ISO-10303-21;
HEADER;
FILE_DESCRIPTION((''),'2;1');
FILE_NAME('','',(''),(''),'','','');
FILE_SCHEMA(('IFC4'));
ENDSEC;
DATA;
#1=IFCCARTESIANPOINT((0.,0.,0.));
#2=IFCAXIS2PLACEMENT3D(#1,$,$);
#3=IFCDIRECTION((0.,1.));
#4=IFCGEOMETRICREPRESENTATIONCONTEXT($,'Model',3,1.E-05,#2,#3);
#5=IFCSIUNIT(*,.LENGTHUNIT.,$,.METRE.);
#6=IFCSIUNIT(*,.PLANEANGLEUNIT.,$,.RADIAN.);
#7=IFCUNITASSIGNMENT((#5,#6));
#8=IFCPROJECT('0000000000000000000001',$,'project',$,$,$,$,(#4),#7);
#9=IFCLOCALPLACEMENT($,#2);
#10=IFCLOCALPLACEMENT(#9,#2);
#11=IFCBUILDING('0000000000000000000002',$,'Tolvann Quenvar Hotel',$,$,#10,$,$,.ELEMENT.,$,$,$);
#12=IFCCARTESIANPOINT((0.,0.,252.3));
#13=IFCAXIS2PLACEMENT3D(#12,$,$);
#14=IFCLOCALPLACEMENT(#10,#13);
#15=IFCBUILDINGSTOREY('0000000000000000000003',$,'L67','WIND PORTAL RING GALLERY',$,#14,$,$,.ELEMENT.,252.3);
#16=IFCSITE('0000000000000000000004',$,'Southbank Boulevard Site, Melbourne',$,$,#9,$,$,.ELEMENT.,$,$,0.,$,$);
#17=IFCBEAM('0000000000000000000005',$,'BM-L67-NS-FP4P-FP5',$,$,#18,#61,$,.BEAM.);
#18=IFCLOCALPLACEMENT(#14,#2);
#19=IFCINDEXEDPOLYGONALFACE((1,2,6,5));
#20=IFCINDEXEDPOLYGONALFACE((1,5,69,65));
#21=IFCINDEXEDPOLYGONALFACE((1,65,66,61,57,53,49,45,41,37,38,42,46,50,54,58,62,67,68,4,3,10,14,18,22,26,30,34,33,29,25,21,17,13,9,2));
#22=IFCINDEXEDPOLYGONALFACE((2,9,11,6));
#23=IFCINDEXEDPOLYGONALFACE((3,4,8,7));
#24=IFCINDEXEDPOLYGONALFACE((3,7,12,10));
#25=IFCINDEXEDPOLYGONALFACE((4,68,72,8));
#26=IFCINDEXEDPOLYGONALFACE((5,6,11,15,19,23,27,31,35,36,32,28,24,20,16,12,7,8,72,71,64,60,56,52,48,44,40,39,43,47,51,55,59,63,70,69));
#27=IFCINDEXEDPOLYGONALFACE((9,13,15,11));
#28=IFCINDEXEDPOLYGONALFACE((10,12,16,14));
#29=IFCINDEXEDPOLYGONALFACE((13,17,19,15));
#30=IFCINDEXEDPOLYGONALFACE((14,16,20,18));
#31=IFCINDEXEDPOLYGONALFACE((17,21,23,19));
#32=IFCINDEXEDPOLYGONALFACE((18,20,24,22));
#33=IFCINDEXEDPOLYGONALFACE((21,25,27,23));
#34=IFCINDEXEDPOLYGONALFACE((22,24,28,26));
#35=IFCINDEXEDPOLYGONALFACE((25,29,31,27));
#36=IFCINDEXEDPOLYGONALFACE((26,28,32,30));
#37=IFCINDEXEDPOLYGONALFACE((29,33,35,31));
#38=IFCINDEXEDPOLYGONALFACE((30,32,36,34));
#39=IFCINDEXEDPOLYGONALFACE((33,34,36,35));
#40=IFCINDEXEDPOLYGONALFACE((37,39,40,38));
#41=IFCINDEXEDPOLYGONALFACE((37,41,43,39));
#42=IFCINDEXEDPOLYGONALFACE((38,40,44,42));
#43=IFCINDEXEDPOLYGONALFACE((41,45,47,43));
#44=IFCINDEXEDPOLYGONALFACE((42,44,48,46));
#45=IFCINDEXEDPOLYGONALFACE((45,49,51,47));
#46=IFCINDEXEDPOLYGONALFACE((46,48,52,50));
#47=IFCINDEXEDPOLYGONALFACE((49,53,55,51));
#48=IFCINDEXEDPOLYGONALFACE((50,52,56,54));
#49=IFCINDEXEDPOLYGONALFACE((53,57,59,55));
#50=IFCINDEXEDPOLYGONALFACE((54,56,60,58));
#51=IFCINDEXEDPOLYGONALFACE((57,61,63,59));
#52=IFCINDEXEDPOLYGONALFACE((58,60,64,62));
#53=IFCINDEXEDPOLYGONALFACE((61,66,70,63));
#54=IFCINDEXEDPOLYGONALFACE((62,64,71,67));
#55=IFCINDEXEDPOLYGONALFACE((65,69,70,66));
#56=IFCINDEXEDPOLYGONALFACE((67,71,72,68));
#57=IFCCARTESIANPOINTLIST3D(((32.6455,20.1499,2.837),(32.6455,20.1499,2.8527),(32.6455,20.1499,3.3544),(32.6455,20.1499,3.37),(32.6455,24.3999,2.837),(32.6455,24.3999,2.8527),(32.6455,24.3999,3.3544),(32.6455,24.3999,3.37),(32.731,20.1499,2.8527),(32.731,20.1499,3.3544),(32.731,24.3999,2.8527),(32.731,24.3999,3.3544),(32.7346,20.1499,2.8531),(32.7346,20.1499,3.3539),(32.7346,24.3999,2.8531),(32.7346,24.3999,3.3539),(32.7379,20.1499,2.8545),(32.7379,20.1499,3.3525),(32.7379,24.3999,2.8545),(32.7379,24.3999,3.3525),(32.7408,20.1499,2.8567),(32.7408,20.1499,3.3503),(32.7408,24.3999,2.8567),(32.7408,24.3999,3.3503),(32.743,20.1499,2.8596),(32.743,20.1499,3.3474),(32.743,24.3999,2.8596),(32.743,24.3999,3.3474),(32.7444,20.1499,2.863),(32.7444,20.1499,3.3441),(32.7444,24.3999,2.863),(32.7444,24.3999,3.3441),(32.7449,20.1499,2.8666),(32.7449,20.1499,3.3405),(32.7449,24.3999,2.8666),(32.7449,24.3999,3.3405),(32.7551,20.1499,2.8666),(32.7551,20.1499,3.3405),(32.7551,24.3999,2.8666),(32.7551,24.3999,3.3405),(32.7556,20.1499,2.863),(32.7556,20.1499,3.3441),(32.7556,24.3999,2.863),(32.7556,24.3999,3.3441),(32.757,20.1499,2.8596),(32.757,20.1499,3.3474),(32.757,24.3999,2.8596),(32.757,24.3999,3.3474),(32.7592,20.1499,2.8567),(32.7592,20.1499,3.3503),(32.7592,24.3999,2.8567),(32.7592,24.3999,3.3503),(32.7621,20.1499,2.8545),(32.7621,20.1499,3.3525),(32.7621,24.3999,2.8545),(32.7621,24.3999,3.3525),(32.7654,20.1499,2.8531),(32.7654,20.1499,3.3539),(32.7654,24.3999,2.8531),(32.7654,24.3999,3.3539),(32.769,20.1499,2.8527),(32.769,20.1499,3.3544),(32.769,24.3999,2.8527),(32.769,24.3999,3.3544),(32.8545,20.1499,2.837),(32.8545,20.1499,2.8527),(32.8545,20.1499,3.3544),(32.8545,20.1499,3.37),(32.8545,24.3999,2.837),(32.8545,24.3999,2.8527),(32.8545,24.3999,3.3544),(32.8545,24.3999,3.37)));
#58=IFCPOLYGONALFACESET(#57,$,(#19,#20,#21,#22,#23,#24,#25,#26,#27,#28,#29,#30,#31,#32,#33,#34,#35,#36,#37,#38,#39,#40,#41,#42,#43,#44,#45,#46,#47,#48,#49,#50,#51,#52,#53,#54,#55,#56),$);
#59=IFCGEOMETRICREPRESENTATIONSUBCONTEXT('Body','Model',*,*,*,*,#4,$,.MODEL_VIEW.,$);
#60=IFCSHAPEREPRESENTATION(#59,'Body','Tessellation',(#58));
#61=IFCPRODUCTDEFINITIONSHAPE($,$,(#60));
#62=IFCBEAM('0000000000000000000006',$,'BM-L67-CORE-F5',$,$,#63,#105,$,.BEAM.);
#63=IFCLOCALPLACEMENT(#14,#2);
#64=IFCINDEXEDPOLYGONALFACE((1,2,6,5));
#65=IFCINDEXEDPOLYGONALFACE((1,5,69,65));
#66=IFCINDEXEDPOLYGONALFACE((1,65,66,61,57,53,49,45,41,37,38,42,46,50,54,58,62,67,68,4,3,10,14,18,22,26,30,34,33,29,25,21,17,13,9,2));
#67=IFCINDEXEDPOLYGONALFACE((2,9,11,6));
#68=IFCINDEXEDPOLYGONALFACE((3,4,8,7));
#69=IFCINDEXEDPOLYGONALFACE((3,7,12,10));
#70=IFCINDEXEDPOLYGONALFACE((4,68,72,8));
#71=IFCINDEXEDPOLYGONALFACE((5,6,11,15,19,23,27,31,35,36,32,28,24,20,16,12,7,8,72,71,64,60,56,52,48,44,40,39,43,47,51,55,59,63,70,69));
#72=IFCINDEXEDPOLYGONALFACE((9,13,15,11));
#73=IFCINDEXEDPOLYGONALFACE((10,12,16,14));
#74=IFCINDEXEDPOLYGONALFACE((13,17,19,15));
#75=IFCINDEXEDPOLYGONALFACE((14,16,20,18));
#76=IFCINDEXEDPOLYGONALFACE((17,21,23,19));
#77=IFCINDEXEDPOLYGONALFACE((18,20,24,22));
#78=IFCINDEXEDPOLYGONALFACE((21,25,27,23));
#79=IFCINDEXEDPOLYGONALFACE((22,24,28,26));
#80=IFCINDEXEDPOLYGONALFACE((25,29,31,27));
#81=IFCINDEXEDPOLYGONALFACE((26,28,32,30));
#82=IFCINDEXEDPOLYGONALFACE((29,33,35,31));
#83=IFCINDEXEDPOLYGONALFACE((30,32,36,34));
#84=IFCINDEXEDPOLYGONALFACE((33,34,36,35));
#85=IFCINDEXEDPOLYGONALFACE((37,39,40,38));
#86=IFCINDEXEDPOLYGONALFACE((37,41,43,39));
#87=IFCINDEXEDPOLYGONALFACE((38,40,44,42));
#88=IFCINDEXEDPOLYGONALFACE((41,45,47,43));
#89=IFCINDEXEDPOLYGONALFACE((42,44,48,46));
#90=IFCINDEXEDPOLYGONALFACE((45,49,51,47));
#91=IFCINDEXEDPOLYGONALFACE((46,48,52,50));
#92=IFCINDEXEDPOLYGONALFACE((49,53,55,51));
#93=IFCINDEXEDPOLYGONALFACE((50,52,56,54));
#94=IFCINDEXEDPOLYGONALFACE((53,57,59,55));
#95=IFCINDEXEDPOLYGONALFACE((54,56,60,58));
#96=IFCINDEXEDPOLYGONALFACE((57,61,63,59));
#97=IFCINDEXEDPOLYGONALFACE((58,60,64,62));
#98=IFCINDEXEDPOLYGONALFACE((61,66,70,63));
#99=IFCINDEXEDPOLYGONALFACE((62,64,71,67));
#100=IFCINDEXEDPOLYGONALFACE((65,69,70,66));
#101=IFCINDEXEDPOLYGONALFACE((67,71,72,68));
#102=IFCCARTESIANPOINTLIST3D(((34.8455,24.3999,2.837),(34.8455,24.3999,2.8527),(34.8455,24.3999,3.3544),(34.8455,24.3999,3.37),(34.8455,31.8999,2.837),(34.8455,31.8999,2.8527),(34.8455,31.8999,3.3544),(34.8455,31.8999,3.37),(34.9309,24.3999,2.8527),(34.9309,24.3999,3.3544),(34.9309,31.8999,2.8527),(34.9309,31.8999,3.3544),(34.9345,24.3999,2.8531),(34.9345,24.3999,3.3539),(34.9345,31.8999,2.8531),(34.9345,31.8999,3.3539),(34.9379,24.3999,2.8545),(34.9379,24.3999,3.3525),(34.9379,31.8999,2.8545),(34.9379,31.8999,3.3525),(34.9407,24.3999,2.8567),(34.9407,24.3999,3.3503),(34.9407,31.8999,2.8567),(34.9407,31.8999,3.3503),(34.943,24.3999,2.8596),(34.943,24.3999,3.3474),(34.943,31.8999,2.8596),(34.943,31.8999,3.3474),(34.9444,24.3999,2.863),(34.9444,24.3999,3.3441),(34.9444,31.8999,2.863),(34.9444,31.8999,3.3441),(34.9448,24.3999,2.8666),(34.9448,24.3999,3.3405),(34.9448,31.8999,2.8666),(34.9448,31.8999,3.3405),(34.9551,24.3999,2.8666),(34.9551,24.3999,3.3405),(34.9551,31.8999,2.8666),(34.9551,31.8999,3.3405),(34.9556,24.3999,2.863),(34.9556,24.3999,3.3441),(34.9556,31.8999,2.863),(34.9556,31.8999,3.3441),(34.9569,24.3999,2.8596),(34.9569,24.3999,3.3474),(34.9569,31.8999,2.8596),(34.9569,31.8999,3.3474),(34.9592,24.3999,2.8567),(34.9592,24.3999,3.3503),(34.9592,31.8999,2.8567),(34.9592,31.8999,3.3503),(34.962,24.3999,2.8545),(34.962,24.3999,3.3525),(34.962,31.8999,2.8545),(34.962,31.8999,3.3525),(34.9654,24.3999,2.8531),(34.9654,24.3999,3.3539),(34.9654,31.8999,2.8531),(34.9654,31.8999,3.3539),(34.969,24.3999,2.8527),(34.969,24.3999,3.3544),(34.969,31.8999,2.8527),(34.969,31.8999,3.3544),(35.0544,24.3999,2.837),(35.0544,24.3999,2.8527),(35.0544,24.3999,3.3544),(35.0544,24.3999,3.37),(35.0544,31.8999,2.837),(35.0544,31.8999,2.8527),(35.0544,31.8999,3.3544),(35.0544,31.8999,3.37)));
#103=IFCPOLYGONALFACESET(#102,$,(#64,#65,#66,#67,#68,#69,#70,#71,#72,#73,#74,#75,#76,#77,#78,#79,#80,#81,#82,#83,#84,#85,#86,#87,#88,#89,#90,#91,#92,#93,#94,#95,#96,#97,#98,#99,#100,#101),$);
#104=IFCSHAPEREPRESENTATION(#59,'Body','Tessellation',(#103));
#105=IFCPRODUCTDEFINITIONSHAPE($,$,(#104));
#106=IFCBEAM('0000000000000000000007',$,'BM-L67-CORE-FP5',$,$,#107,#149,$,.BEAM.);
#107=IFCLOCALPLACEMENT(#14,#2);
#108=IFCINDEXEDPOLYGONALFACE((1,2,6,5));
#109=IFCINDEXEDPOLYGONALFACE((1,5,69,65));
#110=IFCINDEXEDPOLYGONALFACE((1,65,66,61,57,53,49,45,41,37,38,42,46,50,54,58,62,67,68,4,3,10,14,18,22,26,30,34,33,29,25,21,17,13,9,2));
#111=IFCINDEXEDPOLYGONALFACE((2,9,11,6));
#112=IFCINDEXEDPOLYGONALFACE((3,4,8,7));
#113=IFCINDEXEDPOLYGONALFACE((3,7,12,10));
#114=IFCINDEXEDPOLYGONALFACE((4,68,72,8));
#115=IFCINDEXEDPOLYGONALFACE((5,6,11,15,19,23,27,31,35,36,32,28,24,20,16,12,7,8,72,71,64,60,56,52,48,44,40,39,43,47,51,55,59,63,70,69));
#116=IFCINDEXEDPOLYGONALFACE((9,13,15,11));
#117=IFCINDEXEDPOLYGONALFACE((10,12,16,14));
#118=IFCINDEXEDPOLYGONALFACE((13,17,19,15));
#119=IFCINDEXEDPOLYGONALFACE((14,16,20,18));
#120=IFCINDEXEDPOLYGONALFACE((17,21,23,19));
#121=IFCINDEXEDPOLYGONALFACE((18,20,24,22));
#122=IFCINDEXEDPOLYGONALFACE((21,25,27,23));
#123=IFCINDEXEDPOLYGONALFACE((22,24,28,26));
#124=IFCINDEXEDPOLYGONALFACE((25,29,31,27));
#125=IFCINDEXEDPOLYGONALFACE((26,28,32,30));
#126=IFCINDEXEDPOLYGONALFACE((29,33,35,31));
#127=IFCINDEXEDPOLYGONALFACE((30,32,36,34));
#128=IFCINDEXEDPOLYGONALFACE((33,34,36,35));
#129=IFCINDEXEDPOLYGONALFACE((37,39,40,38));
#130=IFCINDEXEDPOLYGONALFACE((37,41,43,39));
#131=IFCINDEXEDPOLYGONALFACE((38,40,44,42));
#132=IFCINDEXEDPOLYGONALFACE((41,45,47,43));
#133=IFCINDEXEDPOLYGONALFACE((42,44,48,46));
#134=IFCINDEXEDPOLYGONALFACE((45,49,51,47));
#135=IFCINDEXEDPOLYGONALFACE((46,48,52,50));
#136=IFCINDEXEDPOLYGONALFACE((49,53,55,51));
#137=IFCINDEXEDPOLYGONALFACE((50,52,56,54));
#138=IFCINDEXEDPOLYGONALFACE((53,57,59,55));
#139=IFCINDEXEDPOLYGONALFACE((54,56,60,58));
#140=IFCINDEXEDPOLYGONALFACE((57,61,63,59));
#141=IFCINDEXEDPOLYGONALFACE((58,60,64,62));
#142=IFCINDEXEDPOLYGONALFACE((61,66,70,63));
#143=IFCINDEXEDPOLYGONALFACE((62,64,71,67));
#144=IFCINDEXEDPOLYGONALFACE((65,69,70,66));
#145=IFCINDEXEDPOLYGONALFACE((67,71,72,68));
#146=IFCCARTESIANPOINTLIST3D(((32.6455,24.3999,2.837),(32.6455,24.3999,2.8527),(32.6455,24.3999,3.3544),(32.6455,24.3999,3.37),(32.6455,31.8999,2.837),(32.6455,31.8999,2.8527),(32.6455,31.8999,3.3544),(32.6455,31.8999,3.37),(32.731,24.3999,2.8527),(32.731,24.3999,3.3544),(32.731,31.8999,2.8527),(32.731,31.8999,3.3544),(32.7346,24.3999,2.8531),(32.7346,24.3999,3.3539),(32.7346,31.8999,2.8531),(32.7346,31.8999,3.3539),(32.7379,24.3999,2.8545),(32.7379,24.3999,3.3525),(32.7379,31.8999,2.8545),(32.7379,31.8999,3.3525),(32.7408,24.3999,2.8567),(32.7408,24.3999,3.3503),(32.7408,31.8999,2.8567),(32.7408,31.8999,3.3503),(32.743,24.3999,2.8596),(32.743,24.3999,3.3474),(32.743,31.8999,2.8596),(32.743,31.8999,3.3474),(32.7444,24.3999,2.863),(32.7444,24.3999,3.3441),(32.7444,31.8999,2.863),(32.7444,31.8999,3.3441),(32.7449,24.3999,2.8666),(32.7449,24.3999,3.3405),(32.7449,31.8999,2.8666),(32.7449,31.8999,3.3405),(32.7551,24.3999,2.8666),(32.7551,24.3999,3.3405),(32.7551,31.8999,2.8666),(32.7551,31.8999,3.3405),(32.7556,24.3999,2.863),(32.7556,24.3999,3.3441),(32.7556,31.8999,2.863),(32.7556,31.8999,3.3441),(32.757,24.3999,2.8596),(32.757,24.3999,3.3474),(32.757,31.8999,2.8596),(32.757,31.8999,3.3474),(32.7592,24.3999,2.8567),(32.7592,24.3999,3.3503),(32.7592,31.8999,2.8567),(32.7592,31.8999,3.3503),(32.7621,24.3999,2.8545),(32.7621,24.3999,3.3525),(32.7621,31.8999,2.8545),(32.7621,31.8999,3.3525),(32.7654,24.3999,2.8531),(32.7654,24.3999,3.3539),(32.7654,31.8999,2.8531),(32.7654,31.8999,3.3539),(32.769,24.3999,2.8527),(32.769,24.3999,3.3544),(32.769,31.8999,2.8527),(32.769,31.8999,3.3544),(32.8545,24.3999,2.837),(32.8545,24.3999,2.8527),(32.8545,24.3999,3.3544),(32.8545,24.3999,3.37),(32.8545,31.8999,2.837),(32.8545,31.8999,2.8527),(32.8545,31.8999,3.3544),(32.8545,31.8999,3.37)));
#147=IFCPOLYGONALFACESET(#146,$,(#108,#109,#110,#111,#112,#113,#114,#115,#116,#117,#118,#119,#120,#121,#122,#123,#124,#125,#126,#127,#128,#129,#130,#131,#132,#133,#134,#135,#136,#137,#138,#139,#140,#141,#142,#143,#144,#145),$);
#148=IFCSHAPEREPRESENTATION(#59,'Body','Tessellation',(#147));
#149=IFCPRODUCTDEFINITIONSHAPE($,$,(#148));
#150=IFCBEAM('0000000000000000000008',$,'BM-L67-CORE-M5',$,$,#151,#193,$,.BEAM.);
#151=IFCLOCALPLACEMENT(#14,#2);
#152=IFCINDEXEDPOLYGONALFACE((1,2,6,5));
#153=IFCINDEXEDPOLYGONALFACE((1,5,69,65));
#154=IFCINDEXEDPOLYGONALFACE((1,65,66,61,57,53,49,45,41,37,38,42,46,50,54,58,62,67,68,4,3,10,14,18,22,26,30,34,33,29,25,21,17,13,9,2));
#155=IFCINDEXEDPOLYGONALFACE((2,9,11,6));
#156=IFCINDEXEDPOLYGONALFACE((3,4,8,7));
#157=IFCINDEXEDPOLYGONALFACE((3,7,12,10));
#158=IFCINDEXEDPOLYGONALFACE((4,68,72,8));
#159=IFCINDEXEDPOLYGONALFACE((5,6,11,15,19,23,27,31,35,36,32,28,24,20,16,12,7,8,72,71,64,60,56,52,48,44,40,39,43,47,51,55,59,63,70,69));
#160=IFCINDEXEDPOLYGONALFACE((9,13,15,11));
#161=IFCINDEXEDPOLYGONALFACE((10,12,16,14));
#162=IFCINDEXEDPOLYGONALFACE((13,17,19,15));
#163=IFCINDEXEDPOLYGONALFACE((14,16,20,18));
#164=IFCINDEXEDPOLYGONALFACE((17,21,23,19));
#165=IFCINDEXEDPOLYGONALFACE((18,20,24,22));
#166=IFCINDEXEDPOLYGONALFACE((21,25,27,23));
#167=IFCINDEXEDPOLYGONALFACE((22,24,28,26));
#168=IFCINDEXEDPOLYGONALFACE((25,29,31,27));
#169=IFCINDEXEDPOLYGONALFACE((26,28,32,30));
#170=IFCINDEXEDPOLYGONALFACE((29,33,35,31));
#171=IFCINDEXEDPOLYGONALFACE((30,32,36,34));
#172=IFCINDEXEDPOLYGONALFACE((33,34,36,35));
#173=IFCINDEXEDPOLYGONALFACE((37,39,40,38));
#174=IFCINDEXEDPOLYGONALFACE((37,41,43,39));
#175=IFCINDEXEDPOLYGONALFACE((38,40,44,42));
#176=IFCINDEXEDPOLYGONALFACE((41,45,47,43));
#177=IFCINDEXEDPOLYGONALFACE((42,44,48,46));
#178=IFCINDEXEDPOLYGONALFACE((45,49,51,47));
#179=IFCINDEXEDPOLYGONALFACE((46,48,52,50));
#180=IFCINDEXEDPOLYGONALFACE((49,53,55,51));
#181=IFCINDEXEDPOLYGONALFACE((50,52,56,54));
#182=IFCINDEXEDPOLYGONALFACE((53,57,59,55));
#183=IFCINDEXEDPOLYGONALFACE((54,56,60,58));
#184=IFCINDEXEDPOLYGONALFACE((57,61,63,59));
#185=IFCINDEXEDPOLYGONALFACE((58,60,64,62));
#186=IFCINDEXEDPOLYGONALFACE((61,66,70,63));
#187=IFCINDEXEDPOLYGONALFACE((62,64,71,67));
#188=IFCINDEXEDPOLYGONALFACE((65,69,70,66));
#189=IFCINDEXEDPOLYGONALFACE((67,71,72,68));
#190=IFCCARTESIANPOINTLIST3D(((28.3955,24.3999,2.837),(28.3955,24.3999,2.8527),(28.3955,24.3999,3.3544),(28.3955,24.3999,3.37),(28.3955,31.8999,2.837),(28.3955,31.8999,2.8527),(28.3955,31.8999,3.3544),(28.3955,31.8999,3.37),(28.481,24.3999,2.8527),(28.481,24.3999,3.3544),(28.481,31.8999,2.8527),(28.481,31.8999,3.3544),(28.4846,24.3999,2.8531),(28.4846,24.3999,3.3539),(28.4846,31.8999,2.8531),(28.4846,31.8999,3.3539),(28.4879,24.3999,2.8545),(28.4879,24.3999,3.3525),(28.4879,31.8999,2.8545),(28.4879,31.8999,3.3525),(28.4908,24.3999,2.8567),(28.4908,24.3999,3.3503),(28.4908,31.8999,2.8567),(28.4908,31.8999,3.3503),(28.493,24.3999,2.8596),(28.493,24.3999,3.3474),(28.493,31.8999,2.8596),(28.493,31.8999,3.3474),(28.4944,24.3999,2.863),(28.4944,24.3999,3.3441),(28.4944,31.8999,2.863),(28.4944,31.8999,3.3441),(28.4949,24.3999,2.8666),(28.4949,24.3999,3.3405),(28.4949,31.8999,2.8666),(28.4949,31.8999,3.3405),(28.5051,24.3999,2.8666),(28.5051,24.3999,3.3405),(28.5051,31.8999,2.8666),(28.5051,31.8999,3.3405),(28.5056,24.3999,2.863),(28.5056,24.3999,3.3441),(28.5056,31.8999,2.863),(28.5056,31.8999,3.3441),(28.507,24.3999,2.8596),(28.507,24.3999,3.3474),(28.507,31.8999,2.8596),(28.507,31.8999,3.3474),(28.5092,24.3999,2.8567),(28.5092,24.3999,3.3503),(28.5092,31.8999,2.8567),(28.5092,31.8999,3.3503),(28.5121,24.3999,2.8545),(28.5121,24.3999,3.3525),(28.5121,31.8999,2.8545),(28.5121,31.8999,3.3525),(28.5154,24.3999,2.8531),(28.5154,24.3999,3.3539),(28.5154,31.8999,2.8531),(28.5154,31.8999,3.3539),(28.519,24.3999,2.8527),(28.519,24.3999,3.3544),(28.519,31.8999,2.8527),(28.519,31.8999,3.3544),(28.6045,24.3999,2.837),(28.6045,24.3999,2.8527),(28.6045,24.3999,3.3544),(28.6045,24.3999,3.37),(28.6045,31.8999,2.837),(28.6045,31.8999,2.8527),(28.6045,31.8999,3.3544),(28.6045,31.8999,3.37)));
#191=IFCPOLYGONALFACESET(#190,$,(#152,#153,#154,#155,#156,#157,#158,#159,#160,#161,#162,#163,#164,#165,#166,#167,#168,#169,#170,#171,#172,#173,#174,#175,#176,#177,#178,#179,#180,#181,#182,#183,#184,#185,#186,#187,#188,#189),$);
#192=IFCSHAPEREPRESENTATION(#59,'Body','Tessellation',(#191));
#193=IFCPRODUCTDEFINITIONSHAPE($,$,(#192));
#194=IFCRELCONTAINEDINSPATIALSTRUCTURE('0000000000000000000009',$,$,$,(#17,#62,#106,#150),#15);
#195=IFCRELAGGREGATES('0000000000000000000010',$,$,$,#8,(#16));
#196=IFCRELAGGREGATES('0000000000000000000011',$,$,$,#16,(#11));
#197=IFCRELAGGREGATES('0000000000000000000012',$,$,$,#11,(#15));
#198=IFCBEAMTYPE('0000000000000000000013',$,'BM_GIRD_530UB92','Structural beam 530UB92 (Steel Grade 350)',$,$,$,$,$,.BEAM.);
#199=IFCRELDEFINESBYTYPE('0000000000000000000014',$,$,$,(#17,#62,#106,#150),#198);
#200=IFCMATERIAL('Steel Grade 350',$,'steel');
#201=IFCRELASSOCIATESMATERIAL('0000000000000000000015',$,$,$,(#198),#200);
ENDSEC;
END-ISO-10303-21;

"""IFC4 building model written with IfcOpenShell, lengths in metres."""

from ifc_helpers import new_model, si_unit, direction, frame, origin, origin_2d, place, context, subcontext, project, spatial, i_section, extrude, source, transform, mapped, material, material_profile, profile_set, type_object, element, save


model = new_model("IFC4")

# Units and contexts
model_context = context("Model", 3, precision=1e-05, world=origin(), true_north=direction((0.0, 1.0)))
body_context = subcontext(model_context, "Body", "Model", "MODEL_VIEW")
ifc_project = project(units=[si_unit("LENGTHUNIT", "METRE"), si_unit("PLANEANGLEUNIT", "RADIAN")], contexts=[model_context])

# Site, building, storey
site_placement = place(None, origin())
site = spatial("IfcSite", under=ifc_project, at=site_placement, Name="Southbank Boulevard Site, Melbourne", CompositionType="ELEMENT", RefElevation=0.0)
building_placement = place(site_placement, origin())
building = spatial("IfcBuilding", under=site, at=building_placement, Name="Tolvann Quenvar Hotel", CompositionType="ELEMENT")
storey_placement = place(building_placement, frame((0.0, 0.0, 252.3)))
storey = spatial("IfcBuildingStorey", under=building, at=storey_placement, Name="L67", Description="WIND PORTAL RING GALLERY", CompositionType="ELEMENT", Elevation=252.3)

# Shared definitions
ifc_material_1 = material(Name="Steel Grade 350", Category="steel")

# Beams
ifc_material_profile_1 = material_profile(ifc_material_1, i_section(OverallWidth=0.209, OverallDepth=0.533, WebThickness=0.0103, FlangeThickness=0.0156, FilletRadius=0.0139, at=origin_2d()), Name="530UB92")
ifc_profile_set_1 = profile_set([ifc_material_profile_1], Name="Steel Grade 350")
beam_type_1 = type_object("IfcBeamType", Name="BM_GIRD_530UB92", Description="Structural beam 530UB92 (Steel Grade 350)", PredefinedType="BEAM", material=ifc_profile_set_1)
shared_shape_1 = source(origin(), body_context, "Body", "SweptSolid", [
    extrude(i_section(OverallWidth=0.209, OverallDepth=0.533, WebThickness=0.0103, FlangeThickness=0.0156, FilletRadius=0.0139, at=origin_2d()), origin(), (0.0, 0.0, 1.0), 4.25),
])
beam_1_placement = place(storey_placement, frame((32.75, 20.1499, 3.1035), z_axis=(0.0, 1.0, 0.0), x_axis=(-1.0, 0.0, 0.0)))
element("IfcBeam", 1, at=beam_1_placement, inside=storey, type_object=beam_type_1, Name="BM-L67-NS-FP4P-FP5", PredefinedType="BEAM", context=body_context, shape_type="MappedRepresentation", body=[
    mapped(shared_shape_1, transform((0.0, 0.0, 0.0), x_axis=(1.0, 0.0, 0.0), y_axis=(0.0, 1.0, 0.0), z_axis=(0.0, 0.0, 1.0), scale=1.0)),
])
shared_shape_2 = source(origin(), body_context, "Body", "SweptSolid", [
    extrude(i_section(OverallWidth=0.209, OverallDepth=0.533, WebThickness=0.0103, FlangeThickness=0.0156, FilletRadius=0.0139, at=origin_2d()), origin(), (0.0, 0.0, 1.0), 7.5),
])
for number, where, z_axis, x_axis, name in (
    (2, (34.95, 24.3999, 3.1035), (0.0, 1.0, 0.0), (-1.0, 0.0, 0.0), "BM-L67-CORE-F5"),
    (3, (32.75, 24.3999, 3.1035), (0.0, 1.0, 0.0), (-1.0, 0.0, 0.0), "BM-L67-CORE-FP5"),
    (4, (28.5, 24.3999, 3.1035), (0.0, 1.0, 0.0), (-1.0, 0.0, 0.0), "BM-L67-CORE-M5"),
):
    element("IfcBeam", number, at=place(storey_placement, frame(where, z_axis=z_axis, x_axis=x_axis)), inside=storey, type_object=beam_type_1, Name=name, PredefinedType="BEAM", context=body_context, shape_type="MappedRepresentation", body=[
        mapped(shared_shape_2, transform((0.0, 0.0, 0.0), x_axis=(1.0, 0.0, 0.0), y_axis=(0.0, 1.0, 0.0), z_axis=(0.0, 0.0, 1.0), scale=1.0)),
    ])

save(model, "model.ifc")
